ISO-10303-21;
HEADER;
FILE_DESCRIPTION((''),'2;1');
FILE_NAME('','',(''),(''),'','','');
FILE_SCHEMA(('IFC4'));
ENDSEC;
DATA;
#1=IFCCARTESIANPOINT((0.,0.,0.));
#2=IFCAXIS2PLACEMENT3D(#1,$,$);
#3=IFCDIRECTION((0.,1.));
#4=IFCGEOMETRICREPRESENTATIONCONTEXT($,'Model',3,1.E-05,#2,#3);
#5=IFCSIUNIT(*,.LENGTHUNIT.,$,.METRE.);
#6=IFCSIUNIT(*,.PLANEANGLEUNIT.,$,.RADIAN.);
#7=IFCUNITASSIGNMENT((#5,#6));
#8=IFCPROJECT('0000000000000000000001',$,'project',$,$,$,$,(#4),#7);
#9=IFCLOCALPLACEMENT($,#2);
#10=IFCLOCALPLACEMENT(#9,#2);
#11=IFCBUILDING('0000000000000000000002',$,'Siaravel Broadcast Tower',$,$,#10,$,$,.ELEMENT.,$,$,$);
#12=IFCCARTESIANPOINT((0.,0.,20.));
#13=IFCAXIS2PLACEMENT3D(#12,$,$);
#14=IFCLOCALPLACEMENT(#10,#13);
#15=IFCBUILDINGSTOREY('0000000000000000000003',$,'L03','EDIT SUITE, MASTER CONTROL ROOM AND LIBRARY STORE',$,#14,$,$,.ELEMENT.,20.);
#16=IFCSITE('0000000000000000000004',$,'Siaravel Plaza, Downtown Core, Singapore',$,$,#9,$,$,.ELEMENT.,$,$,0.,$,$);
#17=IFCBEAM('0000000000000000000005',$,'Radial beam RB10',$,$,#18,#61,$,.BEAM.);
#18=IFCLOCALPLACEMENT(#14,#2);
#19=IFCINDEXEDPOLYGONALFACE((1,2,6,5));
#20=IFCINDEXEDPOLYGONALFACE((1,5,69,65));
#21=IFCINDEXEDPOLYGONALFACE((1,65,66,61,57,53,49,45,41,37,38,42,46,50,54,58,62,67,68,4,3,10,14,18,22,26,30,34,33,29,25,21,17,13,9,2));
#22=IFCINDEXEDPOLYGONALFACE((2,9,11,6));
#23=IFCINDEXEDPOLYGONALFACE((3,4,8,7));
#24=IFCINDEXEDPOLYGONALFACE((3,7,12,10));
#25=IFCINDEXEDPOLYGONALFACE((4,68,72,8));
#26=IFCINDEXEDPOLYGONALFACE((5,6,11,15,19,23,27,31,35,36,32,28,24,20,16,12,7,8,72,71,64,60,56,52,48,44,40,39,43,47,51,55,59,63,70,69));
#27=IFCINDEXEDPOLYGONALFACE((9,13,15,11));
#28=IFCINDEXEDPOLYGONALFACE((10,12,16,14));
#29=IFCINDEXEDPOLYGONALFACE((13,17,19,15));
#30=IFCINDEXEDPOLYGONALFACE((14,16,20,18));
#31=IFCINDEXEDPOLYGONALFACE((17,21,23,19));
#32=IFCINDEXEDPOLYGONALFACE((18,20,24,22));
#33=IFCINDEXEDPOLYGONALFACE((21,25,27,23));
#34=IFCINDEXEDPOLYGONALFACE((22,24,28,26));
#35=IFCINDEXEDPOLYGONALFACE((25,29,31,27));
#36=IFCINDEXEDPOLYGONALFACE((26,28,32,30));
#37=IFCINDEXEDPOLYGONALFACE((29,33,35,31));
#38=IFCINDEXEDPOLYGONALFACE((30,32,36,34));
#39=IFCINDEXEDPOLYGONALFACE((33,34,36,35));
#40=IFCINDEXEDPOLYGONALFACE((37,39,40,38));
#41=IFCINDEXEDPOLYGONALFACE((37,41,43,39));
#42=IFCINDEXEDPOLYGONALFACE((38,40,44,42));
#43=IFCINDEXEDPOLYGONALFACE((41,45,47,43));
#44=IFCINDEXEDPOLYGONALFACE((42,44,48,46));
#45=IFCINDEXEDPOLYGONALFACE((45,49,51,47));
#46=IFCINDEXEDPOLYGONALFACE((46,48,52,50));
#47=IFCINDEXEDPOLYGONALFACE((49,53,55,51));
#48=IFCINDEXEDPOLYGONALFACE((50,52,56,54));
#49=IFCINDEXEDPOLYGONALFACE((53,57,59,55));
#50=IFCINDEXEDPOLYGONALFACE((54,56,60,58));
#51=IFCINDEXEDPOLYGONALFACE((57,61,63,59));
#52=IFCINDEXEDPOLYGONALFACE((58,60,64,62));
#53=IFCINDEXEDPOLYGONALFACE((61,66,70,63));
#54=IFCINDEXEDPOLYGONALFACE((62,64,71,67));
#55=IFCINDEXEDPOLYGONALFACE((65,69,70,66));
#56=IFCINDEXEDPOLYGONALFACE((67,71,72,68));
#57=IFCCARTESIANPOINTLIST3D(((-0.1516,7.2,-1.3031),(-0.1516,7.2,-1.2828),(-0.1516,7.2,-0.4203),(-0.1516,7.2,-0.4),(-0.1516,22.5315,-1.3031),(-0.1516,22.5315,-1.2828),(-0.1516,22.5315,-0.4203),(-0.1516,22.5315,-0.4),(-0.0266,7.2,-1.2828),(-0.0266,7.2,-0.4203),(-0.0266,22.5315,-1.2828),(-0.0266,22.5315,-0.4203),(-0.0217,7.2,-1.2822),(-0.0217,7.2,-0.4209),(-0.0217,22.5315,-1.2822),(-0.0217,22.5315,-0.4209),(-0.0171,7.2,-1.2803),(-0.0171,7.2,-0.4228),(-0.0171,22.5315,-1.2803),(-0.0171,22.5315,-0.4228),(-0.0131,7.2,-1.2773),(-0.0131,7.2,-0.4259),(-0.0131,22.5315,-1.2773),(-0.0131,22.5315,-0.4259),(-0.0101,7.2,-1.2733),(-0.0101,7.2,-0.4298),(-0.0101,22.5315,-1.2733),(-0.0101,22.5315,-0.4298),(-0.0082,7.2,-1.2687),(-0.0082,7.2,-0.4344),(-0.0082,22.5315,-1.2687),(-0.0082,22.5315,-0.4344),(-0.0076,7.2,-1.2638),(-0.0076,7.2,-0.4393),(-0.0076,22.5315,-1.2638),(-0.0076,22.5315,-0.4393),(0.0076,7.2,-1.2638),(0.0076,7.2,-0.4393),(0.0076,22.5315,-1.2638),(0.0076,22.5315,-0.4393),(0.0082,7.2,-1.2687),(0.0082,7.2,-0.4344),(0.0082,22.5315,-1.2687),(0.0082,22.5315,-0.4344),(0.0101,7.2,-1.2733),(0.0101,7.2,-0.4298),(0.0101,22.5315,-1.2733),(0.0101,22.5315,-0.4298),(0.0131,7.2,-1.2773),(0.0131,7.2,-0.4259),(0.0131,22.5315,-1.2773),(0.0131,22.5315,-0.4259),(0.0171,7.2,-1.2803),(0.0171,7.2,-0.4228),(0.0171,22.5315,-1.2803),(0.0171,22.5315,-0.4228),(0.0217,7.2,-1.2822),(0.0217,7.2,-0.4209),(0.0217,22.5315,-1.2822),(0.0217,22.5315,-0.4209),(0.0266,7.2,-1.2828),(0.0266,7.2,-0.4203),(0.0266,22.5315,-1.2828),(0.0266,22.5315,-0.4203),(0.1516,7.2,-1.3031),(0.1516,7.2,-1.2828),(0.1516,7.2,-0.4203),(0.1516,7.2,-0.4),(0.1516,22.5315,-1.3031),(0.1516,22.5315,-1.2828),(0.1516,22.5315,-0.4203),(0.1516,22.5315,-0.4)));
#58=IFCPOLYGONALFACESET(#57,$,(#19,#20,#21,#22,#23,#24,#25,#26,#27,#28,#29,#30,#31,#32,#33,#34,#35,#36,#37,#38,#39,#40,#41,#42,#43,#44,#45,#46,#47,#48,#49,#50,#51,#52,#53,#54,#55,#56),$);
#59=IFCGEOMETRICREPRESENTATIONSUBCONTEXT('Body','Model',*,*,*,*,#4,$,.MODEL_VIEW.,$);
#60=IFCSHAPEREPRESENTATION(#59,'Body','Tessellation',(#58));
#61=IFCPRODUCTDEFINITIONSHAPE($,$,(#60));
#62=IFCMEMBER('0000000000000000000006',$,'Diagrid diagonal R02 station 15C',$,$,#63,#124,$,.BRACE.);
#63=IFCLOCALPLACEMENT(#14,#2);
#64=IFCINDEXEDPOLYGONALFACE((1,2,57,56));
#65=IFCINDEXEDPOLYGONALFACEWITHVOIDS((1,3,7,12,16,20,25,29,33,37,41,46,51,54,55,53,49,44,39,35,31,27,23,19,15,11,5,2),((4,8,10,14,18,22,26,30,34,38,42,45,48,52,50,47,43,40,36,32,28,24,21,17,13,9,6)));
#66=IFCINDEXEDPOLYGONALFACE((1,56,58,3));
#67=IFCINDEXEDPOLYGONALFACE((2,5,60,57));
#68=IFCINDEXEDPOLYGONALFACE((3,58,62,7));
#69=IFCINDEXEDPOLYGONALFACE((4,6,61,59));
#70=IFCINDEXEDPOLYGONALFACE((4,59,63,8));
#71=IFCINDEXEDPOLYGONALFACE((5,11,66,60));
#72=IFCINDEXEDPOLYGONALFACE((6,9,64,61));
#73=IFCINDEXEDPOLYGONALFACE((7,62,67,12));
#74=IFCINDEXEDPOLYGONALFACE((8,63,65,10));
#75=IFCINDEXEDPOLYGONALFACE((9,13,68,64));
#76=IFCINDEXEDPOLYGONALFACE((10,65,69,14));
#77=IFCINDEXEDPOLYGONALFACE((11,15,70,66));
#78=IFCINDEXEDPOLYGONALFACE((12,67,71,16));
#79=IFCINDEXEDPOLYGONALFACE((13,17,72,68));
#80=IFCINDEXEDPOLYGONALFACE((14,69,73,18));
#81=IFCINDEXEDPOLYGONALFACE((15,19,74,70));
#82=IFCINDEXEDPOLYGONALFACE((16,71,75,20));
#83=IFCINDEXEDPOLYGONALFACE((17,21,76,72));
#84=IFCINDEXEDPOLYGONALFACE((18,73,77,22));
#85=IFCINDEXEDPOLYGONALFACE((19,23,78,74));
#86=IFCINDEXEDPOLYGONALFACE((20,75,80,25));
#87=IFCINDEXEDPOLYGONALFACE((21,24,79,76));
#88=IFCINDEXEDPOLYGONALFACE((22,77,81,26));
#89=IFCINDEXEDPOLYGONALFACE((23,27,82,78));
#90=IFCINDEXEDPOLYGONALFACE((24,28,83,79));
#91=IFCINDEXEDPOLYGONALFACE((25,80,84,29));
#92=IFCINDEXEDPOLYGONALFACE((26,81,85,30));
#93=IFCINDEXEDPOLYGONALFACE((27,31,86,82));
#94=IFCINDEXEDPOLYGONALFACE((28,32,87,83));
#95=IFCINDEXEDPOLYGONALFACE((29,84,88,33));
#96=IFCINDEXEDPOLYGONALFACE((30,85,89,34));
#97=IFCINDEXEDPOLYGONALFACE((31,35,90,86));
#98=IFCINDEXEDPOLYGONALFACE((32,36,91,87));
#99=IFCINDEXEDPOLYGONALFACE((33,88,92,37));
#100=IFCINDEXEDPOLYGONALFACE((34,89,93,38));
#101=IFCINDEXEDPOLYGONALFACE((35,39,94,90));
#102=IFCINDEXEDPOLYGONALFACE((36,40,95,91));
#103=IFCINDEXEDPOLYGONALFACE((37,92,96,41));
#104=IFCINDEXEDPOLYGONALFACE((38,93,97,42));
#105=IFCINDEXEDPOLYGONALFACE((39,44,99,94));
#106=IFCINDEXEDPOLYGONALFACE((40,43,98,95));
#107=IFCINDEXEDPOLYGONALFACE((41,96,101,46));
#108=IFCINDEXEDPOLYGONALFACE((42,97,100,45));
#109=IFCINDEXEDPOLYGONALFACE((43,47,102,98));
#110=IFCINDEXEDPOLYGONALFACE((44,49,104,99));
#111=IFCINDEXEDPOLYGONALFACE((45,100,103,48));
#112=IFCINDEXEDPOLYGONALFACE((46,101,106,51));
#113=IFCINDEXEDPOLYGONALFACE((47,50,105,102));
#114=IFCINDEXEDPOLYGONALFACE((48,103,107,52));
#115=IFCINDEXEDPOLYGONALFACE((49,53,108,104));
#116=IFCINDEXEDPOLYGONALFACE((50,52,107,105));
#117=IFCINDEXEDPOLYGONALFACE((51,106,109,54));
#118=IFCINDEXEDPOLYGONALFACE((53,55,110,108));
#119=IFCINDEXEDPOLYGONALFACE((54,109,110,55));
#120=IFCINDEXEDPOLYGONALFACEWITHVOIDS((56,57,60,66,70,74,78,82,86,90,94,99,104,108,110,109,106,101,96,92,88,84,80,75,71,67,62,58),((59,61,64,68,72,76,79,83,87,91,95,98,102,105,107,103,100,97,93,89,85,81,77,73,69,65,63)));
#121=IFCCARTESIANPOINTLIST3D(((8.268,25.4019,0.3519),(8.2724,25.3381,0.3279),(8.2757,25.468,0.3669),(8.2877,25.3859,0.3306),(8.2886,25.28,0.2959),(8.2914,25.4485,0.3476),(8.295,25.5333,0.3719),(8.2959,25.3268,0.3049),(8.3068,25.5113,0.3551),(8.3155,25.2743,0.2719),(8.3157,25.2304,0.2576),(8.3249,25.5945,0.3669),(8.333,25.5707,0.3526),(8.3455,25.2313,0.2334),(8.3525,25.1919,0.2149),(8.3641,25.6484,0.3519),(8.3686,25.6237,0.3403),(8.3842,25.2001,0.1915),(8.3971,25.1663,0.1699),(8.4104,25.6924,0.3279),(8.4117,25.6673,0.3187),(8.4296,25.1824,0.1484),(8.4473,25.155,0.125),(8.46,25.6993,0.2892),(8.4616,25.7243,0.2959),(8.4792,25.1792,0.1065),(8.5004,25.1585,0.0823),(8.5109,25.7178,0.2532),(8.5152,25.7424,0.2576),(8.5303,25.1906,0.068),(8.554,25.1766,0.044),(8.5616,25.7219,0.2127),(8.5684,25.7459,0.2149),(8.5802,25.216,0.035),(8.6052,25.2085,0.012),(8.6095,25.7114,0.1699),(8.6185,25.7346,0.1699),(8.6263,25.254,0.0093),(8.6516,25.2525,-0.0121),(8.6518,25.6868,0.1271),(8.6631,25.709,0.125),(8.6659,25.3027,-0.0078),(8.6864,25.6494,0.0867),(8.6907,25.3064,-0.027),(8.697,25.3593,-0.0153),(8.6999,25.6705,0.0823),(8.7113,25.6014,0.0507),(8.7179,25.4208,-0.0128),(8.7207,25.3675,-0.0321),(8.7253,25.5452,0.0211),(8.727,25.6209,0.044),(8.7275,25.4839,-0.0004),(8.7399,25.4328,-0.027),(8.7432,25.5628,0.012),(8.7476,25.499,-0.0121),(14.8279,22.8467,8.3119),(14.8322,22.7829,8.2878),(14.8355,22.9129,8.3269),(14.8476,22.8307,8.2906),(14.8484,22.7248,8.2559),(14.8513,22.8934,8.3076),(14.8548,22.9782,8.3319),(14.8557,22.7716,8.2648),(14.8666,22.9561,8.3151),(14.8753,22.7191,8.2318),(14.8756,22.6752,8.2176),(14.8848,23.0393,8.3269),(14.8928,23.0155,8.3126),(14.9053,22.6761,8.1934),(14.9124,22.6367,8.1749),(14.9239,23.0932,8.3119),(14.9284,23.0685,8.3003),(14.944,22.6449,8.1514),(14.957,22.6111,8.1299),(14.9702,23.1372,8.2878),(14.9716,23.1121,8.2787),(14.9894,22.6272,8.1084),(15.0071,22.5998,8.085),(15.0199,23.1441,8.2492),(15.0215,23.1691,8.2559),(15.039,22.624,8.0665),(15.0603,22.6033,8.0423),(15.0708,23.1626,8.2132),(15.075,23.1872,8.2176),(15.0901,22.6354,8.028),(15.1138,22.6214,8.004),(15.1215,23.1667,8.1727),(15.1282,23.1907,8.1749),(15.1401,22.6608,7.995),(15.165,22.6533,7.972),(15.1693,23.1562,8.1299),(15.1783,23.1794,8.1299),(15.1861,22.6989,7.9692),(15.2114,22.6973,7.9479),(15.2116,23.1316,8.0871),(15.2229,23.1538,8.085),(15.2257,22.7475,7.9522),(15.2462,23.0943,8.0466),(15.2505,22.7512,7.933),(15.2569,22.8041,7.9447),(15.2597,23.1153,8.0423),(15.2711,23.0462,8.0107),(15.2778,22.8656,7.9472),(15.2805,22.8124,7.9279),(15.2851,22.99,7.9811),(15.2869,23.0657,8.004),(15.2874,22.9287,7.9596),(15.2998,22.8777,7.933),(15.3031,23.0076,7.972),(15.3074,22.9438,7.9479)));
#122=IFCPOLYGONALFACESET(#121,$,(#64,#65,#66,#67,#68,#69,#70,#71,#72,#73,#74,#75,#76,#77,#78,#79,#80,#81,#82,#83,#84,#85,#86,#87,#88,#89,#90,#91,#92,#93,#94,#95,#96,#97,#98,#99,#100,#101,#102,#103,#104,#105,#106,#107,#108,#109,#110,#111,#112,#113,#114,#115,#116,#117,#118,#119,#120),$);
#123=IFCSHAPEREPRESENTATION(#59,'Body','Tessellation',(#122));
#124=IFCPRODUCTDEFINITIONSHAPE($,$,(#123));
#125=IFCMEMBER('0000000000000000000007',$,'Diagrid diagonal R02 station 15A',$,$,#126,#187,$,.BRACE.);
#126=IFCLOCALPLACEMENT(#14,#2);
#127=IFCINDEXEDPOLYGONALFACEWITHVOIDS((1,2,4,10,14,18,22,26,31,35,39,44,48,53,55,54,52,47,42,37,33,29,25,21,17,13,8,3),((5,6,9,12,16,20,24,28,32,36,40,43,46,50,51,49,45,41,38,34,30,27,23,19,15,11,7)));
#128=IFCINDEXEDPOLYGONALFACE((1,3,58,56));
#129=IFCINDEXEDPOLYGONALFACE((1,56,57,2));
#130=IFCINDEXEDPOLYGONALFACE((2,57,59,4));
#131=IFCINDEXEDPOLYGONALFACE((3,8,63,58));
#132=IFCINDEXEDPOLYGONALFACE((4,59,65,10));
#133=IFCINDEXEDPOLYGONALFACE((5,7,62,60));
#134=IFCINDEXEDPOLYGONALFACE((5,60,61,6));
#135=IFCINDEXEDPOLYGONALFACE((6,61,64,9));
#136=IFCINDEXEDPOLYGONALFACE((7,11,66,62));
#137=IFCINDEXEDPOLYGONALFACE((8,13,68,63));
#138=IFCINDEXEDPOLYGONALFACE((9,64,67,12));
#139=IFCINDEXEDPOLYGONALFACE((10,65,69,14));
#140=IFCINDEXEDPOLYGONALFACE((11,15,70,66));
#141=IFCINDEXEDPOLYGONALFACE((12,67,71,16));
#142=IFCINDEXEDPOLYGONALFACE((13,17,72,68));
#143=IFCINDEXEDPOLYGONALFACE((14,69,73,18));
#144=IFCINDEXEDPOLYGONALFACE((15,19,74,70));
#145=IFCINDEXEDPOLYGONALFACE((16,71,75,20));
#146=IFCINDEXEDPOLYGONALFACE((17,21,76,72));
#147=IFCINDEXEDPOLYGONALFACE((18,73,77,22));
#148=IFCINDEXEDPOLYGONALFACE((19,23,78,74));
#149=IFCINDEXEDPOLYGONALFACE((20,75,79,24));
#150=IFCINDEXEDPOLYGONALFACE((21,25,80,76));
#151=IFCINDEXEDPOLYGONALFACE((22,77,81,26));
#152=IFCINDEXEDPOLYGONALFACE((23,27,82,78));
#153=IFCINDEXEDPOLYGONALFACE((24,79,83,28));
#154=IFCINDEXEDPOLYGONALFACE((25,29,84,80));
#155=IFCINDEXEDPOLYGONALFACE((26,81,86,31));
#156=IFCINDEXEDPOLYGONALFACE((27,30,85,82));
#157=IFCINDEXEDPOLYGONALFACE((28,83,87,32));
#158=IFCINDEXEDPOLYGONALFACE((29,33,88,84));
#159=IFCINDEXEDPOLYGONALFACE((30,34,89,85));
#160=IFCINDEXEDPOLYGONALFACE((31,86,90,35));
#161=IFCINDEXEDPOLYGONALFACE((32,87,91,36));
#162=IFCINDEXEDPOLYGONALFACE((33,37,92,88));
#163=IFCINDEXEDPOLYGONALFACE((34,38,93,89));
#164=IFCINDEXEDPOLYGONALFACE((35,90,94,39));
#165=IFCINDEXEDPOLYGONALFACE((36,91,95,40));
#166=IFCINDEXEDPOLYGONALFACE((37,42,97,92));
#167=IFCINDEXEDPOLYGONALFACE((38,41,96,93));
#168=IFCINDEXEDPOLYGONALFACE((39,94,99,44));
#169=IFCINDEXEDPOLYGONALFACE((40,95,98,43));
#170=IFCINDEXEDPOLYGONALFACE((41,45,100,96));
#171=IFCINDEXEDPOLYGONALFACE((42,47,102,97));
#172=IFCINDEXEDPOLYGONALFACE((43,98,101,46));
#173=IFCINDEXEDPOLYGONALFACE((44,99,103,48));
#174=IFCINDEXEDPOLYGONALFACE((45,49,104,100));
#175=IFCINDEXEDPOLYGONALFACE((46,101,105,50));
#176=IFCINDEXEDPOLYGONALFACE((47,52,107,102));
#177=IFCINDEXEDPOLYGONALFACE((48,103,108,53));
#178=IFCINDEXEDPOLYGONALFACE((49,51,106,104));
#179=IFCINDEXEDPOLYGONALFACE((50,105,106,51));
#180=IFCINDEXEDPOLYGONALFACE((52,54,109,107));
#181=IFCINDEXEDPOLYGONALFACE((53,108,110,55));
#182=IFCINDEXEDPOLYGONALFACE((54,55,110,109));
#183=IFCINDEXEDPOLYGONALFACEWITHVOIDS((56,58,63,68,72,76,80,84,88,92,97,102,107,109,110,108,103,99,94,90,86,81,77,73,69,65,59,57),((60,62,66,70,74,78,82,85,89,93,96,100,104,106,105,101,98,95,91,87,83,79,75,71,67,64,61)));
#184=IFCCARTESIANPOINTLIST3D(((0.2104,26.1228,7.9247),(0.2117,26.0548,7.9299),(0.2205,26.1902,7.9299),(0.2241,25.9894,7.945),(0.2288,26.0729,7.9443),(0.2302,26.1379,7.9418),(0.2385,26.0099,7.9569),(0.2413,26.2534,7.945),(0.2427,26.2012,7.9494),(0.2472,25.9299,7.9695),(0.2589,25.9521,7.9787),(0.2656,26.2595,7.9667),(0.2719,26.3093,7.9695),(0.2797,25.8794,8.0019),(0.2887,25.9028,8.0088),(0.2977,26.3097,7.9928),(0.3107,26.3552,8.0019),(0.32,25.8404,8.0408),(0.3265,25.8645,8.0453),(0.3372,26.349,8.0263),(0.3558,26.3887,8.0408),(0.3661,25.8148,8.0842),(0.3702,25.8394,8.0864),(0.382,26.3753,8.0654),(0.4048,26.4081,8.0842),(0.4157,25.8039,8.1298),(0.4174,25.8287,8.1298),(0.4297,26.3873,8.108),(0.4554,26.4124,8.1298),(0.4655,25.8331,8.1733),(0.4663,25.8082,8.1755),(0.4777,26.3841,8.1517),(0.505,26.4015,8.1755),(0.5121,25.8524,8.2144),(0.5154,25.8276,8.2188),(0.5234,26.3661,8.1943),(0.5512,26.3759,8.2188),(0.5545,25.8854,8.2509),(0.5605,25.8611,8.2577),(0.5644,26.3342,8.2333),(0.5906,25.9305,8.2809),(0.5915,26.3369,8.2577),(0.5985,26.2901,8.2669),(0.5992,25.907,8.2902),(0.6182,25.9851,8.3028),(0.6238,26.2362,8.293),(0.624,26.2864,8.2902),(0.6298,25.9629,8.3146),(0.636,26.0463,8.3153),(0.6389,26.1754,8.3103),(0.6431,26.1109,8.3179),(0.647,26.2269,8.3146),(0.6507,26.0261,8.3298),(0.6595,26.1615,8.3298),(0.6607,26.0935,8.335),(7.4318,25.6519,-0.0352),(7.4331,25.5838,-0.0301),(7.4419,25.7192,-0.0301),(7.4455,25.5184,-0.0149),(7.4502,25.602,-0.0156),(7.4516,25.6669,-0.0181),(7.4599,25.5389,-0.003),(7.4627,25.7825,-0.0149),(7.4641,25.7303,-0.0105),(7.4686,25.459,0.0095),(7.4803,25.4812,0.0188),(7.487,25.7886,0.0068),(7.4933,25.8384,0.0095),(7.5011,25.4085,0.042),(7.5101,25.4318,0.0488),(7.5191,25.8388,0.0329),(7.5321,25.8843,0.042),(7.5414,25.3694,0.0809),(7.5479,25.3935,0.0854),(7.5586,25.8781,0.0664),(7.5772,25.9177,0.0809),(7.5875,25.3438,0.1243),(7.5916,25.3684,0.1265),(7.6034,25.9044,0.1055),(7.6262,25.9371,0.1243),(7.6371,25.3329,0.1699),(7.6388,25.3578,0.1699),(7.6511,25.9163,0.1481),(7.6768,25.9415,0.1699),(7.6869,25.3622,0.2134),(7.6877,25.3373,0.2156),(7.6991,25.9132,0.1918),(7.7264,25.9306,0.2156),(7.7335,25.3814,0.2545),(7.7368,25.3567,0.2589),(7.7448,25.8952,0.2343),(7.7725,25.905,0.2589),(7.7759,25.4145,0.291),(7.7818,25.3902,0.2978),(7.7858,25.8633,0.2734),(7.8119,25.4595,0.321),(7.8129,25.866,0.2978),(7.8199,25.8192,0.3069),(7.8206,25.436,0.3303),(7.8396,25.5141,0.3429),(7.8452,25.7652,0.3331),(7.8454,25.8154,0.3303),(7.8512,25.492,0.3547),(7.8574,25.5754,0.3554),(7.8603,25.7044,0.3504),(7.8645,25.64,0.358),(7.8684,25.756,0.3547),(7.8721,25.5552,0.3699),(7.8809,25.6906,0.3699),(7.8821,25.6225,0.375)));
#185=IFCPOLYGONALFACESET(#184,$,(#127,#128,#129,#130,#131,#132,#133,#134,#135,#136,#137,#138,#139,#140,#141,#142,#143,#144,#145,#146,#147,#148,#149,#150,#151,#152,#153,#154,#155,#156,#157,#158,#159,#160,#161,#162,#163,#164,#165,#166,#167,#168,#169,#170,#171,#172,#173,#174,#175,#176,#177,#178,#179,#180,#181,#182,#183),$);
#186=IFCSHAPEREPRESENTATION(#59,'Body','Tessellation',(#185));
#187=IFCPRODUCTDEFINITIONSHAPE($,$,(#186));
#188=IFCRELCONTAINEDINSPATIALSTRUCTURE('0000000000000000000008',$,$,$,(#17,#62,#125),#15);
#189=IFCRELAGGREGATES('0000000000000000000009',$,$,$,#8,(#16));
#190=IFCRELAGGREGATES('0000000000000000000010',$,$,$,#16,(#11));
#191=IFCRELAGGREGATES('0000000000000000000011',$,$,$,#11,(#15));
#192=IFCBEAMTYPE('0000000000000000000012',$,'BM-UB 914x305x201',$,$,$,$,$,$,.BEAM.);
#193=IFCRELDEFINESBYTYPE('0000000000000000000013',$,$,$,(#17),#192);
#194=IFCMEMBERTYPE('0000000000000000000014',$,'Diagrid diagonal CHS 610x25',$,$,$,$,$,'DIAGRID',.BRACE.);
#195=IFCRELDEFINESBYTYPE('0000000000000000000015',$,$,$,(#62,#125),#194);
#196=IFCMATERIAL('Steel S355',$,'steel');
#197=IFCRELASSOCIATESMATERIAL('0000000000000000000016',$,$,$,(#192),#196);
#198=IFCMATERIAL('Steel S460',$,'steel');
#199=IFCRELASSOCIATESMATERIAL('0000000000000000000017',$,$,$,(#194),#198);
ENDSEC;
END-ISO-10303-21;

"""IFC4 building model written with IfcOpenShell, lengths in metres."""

from ifc_helpers import new_model, si_unit, direction, frame, origin, origin_2d, place, context, subcontext, project, spatial, hollow_circle, i_section, extrude, material, material_profile, profile_set, type_object, element, save


model = new_model("IFC4")

# Units and contexts
model_context = context("Model", 3, precision=1e-05, world=origin(), true_north=direction((0.0, 1.0)))
body_context = subcontext(model_context, "Body", "Model", "MODEL_VIEW")
ifc_project = project(units=[si_unit("LENGTHUNIT", "METRE"), si_unit("PLANEANGLEUNIT", "RADIAN")], contexts=[model_context])

# Site, building, storey
site_placement = place(None, origin())
site = spatial("IfcSite", under=ifc_project, at=site_placement, Name="Siaravel Plaza, Downtown Core, Singapore", CompositionType="ELEMENT", RefElevation=0.0)
building_placement = place(site_placement, origin())
building = spatial("IfcBuilding", under=site, at=building_placement, Name="Siaravel Broadcast Tower", CompositionType="ELEMENT")
storey_placement = place(building_placement, frame((0.0, 0.0, 20.0)))
storey = spatial("IfcBuildingStorey", under=building, at=storey_placement, Name="L03", Description="EDIT SUITE, MASTER CONTROL ROOM AND LIBRARY STORE", CompositionType="ELEMENT", Elevation=20.0)

# Beam
ifc_material_1 = material(Name="Steel S355", Category="steel")
ifc_material_profile_1 = material_profile(ifc_material_1, i_section(OverallWidth=0.3032, OverallDepth=0.9031, WebThickness=0.0151, FlangeThickness=0.0203, FilletRadius=0.019, at=origin_2d()))
ifc_profile_set_1 = profile_set([ifc_material_profile_1], Name="Steel S355")
beam_type = type_object("IfcBeamType", Name="BM-UB 914x305x201", PredefinedType="BEAM", material=ifc_profile_set_1)
beam_1_placement = place(storey_placement, frame((0.0, 22.5315, -0.8516), z_axis=(0.0, -1.0, 0.0), x_axis=(1.0, 0.0, 0.0)))
element("IfcBeam", 1, at=beam_1_placement, inside=storey, type_object=beam_type, Name="Radial beam RB10", PredefinedType="BEAM", context=body_context, shape_type="SweptSolid", body=[
    extrude(i_section(OverallWidth=0.3032, OverallDepth=0.9031, WebThickness=0.0151, FlangeThickness=0.0203, FilletRadius=0.019, at=origin_2d()), origin(), (0.0, 0.0, 1.0), 15.3315),
])

# Members
ifc_material_2 = material(Name="Steel S460", Category="steel")
ifc_material_profile_2 = material_profile(ifc_material_2, hollow_circle(Radius=0.3049, WallThickness=0.0249, at=origin_2d()))
ifc_profile_set_2 = profile_set([ifc_material_profile_2], Name="Steel S460")
member_type_1 = type_object("IfcMemberType", Name="Diagrid diagonal CHS 610x25", ElementType="DIAGRID", PredefinedType="BRACE", material=ifc_profile_set_2)
member_1_placement = place(storey_placement, frame((8.5078, 25.4504, 0.1699), z_axis=(0.617311, -0.240455, 0.749072), x_axis=(0.362957, 0.931806, 0.0)))
element("IfcMember", 2, at=member_1_placement, inside=storey, type_object=member_type_1, Name="Diagrid diagonal R02 station 15C", PredefinedType="BRACE", context=body_context, shape_type="SweptSolid", body=[
    extrude(hollow_circle(Radius=0.3049, WallThickness=0.0249, at=origin_2d()), origin(), (0.0, 0.0, 1.0), 10.6265),
])
member_2_placement = place(storey_placement, frame((7.657, 25.6372, 0.1699), z_axis=(-0.67127, 0.043777, 0.739919), x_axis=(-0.065077, -0.99788, 0.0)))
element("IfcMember", 3, at=member_2_placement, inside=storey, type_object=member_type_1, Name="Diagrid diagonal R02 station 15A", PredefinedType="BRACE", context=body_context, shape_type="SweptSolid", body=[
    extrude(hollow_circle(Radius=0.3049, WallThickness=0.0249, at=origin_2d()), origin(), (0.0, 0.0, 1.0), 10.7578),
])

save(model, "model.ifc")
